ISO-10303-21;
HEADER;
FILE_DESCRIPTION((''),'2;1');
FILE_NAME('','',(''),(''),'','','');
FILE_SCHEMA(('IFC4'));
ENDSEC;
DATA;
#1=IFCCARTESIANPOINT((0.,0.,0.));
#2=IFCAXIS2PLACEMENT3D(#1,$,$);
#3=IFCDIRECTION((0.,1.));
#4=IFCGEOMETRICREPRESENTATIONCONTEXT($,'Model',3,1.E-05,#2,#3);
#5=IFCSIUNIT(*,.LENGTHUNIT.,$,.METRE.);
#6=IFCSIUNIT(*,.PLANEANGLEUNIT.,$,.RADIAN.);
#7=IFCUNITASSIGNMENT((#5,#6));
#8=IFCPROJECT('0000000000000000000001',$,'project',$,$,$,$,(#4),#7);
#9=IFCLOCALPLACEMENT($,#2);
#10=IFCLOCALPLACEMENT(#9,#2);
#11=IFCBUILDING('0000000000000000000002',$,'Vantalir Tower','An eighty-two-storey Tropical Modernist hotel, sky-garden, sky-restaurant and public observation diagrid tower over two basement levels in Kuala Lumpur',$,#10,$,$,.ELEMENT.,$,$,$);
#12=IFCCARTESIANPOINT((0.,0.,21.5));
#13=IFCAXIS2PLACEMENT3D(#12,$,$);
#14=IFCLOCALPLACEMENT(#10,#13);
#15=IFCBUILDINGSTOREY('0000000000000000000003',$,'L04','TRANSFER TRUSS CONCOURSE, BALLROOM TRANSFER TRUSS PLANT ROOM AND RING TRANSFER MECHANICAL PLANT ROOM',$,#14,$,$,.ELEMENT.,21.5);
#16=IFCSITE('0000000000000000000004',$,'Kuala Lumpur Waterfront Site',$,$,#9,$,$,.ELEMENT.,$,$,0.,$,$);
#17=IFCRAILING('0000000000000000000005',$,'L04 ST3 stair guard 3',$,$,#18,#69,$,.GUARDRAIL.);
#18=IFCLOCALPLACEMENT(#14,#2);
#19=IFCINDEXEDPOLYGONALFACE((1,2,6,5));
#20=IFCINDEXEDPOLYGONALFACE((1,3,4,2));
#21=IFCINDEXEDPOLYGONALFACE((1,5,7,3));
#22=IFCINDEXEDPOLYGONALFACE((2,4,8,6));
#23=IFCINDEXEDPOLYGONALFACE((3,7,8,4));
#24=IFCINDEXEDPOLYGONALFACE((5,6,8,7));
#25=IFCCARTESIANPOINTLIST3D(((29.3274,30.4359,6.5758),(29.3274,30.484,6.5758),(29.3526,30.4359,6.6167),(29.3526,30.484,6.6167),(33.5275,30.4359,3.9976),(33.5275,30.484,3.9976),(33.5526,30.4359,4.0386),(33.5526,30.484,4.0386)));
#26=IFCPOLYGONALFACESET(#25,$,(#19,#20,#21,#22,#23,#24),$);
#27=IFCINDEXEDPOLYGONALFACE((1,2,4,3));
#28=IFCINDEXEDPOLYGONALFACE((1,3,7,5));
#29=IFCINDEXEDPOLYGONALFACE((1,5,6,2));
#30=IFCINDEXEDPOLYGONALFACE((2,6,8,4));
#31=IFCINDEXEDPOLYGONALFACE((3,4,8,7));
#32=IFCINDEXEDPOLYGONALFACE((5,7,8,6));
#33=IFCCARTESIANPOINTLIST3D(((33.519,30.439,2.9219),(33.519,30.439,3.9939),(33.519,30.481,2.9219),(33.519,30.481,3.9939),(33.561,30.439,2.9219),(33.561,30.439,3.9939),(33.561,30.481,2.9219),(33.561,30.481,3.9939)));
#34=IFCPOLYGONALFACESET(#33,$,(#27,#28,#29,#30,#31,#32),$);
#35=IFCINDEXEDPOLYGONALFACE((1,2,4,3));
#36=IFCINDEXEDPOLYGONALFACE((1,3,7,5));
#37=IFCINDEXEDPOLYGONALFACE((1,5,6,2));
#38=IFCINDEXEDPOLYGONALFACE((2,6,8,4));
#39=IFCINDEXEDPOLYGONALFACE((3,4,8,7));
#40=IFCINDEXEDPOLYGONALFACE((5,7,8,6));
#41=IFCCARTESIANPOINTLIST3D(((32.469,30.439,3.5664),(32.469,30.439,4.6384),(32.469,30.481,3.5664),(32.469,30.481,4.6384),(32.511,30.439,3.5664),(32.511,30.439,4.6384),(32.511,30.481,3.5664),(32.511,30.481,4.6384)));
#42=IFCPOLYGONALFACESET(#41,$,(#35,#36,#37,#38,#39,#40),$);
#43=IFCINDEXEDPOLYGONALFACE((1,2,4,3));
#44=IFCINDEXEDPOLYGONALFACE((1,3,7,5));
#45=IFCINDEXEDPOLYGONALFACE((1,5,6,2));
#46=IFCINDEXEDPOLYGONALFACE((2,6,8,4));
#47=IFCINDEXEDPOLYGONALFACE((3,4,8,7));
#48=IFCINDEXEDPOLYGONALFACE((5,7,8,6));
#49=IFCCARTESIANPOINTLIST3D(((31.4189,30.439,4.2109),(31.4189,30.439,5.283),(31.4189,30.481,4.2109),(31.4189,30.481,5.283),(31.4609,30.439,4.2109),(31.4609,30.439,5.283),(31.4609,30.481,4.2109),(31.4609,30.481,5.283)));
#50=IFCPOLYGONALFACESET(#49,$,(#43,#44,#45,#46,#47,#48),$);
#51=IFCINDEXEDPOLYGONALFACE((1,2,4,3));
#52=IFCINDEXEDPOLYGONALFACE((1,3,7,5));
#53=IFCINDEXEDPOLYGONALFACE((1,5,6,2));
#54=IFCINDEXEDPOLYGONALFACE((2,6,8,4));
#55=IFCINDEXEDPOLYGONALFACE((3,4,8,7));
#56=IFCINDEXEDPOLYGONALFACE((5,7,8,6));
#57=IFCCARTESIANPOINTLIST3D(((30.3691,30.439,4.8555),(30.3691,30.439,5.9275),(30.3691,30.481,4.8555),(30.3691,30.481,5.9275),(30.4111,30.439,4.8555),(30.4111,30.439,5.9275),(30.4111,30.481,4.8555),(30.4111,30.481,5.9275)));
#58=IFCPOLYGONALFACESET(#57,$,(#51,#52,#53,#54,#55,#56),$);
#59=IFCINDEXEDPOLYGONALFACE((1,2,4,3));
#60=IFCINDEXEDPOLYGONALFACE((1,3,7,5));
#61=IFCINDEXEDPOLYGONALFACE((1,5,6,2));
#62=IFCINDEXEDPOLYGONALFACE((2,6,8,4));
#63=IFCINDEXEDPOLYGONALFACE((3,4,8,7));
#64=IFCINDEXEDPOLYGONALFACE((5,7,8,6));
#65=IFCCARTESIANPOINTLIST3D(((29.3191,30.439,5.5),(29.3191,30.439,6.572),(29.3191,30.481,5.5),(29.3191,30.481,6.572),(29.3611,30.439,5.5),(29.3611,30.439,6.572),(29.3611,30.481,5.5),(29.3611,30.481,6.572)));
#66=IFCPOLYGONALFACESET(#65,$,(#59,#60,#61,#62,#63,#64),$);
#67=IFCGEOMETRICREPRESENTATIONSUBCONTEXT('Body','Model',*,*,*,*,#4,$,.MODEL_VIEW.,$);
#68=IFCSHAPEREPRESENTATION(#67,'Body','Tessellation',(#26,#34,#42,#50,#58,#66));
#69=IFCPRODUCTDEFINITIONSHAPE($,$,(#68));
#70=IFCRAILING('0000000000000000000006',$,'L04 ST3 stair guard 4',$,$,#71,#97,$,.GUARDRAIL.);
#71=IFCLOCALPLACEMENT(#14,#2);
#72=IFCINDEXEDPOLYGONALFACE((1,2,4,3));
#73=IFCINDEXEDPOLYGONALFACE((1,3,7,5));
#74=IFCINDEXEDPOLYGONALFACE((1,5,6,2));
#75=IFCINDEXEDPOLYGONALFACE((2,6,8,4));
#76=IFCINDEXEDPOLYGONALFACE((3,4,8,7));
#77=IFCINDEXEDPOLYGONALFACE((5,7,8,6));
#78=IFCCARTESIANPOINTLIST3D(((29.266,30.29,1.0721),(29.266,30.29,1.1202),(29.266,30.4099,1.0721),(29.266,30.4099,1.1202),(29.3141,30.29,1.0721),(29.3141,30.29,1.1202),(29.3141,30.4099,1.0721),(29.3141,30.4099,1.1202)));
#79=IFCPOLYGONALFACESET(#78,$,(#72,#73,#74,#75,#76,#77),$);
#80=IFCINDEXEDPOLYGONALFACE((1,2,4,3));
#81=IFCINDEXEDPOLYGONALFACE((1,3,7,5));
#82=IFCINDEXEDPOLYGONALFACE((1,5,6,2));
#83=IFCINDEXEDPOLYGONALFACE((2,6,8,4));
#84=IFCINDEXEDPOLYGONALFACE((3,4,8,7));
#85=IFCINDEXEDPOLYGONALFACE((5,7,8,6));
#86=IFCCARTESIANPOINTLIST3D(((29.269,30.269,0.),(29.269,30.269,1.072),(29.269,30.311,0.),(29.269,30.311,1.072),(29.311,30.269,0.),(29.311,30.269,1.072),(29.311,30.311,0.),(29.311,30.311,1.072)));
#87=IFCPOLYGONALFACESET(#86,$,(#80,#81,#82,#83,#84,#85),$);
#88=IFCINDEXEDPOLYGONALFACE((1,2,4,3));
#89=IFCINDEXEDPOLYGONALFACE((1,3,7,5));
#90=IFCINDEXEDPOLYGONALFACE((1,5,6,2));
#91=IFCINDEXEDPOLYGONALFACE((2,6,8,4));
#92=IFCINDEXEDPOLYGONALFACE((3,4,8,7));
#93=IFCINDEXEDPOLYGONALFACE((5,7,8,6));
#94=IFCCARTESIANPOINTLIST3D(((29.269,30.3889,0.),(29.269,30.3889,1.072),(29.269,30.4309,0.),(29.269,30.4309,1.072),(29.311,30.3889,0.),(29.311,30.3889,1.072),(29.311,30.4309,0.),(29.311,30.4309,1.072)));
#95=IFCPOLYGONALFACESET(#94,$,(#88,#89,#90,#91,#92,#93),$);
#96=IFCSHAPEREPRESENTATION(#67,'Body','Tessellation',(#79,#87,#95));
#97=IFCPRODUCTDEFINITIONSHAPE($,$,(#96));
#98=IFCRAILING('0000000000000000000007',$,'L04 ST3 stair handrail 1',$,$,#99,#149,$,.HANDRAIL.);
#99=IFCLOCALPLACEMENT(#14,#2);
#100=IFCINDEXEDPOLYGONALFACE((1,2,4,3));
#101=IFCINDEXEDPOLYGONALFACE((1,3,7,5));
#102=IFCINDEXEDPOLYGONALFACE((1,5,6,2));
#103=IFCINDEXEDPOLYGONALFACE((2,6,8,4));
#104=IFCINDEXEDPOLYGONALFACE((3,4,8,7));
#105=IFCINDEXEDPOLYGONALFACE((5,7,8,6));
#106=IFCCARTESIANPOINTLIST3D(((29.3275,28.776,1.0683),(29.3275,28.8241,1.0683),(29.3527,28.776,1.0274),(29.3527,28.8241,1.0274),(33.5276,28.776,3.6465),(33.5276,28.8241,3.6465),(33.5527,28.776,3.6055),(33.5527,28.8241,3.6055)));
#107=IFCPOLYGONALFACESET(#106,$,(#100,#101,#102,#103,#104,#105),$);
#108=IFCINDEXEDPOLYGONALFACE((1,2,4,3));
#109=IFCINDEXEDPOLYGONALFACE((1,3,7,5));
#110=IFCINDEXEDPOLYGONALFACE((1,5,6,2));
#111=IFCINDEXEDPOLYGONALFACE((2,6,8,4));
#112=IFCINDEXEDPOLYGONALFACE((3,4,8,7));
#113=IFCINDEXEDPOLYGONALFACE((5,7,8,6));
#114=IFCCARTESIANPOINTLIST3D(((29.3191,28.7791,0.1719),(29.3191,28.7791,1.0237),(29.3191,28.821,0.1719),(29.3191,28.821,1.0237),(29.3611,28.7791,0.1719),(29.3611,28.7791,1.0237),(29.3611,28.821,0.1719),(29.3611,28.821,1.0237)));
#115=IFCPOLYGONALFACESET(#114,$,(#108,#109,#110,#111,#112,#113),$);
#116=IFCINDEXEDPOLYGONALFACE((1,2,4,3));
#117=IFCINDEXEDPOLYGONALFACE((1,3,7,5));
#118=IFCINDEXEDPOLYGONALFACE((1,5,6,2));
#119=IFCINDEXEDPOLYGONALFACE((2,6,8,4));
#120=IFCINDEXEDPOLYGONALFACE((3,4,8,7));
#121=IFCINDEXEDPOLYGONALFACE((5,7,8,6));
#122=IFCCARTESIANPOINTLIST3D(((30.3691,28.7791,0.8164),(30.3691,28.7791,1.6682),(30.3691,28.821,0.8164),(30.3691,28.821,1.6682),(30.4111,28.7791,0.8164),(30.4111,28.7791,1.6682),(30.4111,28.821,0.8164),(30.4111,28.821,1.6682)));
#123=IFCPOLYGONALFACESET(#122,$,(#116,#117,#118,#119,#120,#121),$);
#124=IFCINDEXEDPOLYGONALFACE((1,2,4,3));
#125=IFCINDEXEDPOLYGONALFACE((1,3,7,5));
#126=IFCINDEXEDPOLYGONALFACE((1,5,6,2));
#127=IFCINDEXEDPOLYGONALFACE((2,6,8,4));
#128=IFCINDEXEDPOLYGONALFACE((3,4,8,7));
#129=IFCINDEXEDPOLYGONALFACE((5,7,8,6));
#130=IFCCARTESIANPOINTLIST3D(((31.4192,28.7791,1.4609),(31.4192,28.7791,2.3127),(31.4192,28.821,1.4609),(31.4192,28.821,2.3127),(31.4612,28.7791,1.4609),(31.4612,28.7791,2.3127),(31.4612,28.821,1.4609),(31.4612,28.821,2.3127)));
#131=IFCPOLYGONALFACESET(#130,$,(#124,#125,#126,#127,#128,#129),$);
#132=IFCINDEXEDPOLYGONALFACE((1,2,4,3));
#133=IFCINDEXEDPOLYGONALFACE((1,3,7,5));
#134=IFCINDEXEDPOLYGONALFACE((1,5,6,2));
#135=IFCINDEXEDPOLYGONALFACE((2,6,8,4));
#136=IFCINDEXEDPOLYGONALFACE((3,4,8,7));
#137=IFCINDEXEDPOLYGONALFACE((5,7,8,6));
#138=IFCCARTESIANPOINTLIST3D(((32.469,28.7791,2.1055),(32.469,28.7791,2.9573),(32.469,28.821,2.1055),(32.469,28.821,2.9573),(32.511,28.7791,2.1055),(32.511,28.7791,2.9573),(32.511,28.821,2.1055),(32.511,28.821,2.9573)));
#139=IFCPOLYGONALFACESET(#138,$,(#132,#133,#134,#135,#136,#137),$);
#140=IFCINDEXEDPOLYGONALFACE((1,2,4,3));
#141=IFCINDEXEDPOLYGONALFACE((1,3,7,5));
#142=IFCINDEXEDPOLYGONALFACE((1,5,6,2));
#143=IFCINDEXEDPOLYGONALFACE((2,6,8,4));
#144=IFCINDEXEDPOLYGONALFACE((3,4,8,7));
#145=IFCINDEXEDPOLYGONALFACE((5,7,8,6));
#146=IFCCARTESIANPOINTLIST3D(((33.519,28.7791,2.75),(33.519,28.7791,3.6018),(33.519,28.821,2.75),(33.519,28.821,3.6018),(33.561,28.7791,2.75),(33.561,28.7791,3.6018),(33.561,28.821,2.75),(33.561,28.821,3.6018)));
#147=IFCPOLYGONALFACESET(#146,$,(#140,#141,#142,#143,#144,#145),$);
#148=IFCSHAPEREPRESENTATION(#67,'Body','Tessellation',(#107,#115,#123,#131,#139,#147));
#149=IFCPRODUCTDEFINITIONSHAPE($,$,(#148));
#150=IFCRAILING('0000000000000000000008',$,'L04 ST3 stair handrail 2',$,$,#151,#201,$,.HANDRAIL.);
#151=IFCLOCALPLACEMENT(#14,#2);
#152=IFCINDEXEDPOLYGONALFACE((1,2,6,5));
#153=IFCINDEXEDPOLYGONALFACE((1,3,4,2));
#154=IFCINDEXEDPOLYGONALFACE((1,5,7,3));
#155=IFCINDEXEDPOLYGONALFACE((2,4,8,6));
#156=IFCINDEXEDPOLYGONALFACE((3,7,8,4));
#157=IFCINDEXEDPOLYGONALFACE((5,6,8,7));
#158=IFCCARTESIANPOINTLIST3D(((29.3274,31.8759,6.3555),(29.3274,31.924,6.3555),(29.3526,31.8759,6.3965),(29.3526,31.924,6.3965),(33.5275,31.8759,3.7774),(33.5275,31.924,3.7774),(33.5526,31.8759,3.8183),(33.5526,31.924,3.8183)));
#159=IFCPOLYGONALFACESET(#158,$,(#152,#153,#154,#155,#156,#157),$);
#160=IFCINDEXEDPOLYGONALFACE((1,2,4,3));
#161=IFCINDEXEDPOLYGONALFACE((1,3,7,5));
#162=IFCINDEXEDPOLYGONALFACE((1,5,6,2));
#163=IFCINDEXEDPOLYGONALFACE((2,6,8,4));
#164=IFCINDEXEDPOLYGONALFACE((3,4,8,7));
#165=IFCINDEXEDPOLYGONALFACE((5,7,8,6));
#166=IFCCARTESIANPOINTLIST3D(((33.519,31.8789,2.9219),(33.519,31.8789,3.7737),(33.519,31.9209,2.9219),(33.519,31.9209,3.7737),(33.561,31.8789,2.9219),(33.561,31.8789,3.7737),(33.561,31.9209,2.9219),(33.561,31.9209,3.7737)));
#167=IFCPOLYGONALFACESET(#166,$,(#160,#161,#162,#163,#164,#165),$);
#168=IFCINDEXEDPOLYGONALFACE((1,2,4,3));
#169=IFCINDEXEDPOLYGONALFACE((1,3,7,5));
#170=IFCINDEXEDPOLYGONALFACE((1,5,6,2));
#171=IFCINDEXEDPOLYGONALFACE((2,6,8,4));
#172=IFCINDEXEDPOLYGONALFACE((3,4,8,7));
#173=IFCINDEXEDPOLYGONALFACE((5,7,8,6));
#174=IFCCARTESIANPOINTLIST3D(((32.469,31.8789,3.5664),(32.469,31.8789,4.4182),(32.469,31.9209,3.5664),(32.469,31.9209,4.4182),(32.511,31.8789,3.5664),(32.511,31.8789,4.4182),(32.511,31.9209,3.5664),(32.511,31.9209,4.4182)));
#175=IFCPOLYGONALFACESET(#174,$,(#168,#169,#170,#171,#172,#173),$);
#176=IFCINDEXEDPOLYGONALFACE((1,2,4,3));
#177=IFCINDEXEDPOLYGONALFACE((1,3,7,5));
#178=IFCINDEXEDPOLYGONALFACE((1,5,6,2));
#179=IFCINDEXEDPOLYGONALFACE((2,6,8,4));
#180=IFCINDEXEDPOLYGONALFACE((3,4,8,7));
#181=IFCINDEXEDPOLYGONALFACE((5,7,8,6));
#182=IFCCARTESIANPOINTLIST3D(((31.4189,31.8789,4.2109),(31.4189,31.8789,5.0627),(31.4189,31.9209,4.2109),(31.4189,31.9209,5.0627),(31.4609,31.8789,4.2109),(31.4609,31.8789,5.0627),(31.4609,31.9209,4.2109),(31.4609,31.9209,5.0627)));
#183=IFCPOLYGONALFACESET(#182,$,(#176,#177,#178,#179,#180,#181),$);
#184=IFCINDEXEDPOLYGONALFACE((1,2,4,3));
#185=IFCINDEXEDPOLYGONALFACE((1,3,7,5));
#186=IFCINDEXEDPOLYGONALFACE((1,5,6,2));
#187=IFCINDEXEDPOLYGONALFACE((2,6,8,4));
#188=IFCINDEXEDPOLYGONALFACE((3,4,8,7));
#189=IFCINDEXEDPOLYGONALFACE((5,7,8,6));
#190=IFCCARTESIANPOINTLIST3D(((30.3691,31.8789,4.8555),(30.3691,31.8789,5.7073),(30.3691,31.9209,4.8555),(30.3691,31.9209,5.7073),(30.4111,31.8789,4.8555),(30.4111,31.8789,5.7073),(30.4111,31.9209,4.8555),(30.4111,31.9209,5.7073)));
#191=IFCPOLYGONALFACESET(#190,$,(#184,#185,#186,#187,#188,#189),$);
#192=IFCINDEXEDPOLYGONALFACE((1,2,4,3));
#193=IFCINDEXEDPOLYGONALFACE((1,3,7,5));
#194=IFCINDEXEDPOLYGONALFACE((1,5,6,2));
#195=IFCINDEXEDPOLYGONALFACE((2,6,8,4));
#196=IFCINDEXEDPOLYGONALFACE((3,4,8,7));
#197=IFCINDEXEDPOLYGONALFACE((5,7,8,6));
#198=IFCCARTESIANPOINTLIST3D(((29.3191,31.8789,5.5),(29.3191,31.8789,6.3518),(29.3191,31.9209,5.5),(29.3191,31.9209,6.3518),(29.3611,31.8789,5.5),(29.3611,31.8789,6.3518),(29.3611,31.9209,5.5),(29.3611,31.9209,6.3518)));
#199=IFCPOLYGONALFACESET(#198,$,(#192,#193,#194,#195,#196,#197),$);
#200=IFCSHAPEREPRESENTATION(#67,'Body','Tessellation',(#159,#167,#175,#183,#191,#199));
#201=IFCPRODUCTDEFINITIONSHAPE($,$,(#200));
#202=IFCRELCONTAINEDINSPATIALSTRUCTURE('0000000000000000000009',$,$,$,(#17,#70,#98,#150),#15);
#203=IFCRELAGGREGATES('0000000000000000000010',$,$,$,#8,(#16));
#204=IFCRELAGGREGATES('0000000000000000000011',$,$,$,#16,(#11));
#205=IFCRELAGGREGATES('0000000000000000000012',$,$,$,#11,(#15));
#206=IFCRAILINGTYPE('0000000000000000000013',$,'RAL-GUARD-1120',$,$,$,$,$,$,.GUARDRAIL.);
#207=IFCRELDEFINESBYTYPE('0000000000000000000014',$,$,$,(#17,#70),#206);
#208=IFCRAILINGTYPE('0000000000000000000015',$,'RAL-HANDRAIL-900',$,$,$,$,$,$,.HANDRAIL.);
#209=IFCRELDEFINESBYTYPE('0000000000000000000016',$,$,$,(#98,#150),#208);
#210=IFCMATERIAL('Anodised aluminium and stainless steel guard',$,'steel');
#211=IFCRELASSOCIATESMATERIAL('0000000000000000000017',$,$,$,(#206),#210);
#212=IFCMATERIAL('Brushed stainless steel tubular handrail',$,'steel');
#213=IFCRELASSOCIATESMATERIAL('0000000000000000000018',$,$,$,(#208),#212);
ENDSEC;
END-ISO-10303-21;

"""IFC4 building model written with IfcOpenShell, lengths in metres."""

from ifc_helpers import new_model, si_unit, direction, frame, origin, origin_2d, place, context, subcontext, project, spatial, rectangle, extrude, material, type_object, element, save


model = new_model("IFC4")

# Units and contexts
model_context = context("Model", 3, precision=1e-05, world=origin(), true_north=direction((0.0, 1.0)))
body_context = subcontext(model_context, "Body", "Model", "MODEL_VIEW")
ifc_project = project(units=[si_unit("LENGTHUNIT", "METRE"), si_unit("PLANEANGLEUNIT", "RADIAN")], contexts=[model_context])

# Site, building, storey
site_placement = place(None, origin())
site = spatial("IfcSite", under=ifc_project, at=site_placement, Name="Kuala Lumpur Waterfront Site", CompositionType="ELEMENT", RefElevation=0.0)
building_placement = place(site_placement, origin())
building = spatial("IfcBuilding", under=site, at=building_placement, Name="Vantalir Tower", Description="An eighty-two-storey Tropical Modernist hotel, sky-garden, sky-restaurant and public observation diagrid tower over two basement levels in Kuala Lumpur", CompositionType="ELEMENT")
storey_placement = place(building_placement, frame((0.0, 0.0, 21.5)))
storey = spatial("IfcBuildingStorey", under=building, at=storey_placement, Name="L04", Description="TRANSFER TRUSS CONCOURSE, BALLROOM TRANSFER TRUSS PLANT ROOM AND RING TRANSFER MECHANICAL PLANT ROOM", CompositionType="ELEMENT", Elevation=21.5)

# Railings
ifc_material_1 = material(Name="Anodised aluminium and stainless steel guard", Category="steel")
railing_type_1 = type_object("IfcRailingType", Name="RAL-GUARD-1120", PredefinedType="GUARDRAIL", material=ifc_material_1)
railing_1_placement = place(storey_placement, frame((33.54, 30.46, 2.9219)))
element("IfcRailing", 1, at=railing_1_placement, inside=storey, type_object=railing_type_1, Name="L04 ST3 stair guard 3", PredefinedType="GUARDRAIL", context=body_context, shape_type="SweptSolid", body=[
    extrude(rectangle(XDim=0.0481, YDim=0.0481, at=origin_2d()), frame((0.0, 0.0, 1.0962), z_axis=(-0.852243, 0.0, 0.523146), x_axis=(0.0, -1.0, 0.0)), (0.0, 0.0, 1.0), 4.9282),
    extrude(rectangle(XDim=0.042, YDim=0.042, at=origin_2d()), origin(), (0.0, 0.0, 1.0), 1.072),
    extrude(rectangle(XDim=0.042, YDim=0.042, at=origin_2d()), frame((-1.05, 0.0, 0.6445)), (0.0, 0.0, 1.0), 1.072),
    extrude(rectangle(XDim=0.042, YDim=0.042, at=origin_2d()), frame((-2.1001, 0.0, 1.2891)), (0.0, 0.0, 1.0), 1.072),
    extrude(rectangle(XDim=0.042, YDim=0.042, at=origin_2d()), frame((-3.1499, 0.0, 1.9336)), (0.0, 0.0, 1.0), 1.072),
    extrude(rectangle(XDim=0.042, YDim=0.042, at=origin_2d()), frame((-4.2, 0.0, 2.5781)), (0.0, 0.0, 1.0), 1.072),
])
railing_2_placement = place(storey_placement, frame((29.29, 30.29, 0.0)))
element("IfcRailing", 2, at=railing_2_placement, inside=storey, type_object=railing_type_1, Name="L04 ST3 stair guard 4", PredefinedType="GUARDRAIL", context=body_context, shape_type="SweptSolid", body=[
    extrude(rectangle(XDim=0.0481, YDim=0.0481, at=origin_2d()), frame((0.0, 0.0, 1.0962), z_axis=(0.0, 1.0, 0.0), x_axis=(-1.0, 0.0, 0.0)), (0.0, 0.0, 1.0), 0.1199),
    extrude(rectangle(XDim=0.042, YDim=0.042, at=origin_2d()), origin(), (0.0, 0.0, 1.0), 1.072),
    extrude(rectangle(XDim=0.042, YDim=0.042, at=origin_2d()), frame((0.0, 0.1199, 0.0)), (0.0, 0.0, 1.0), 1.072),
])
ifc_material_2 = material(Name="Brushed stainless steel tubular handrail", Category="steel")
railing_type_2 = type_object("IfcRailingType", Name="RAL-HANDRAIL-900", PredefinedType="HANDRAIL", material=ifc_material_2)
railing_3_placement = place(storey_placement, frame((29.3401, 28.8, 0.1719)))
element("IfcRailing", 3, at=railing_3_placement, inside=storey, type_object=railing_type_2, Name="L04 ST3 stair handrail 1", PredefinedType="HANDRAIL", context=body_context, shape_type="SweptSolid", body=[
    extrude(rectangle(XDim=0.0481, YDim=0.0481, at=origin_2d()), frame((0.0, 0.0, 0.876), z_axis=(0.852243, 0.0, 0.523146), x_axis=(0.0, 1.0, 0.0)), (0.0, 0.0, 1.0), 4.9282),
    extrude(rectangle(XDim=0.042, YDim=0.042, at=origin_2d()), origin(), (0.0, 0.0, 1.0), 0.8518),
    extrude(rectangle(XDim=0.042, YDim=0.042, at=origin_2d()), frame((1.05, 0.0, 0.6445)), (0.0, 0.0, 1.0), 0.8518),
    extrude(rectangle(XDim=0.042, YDim=0.042, at=origin_2d()), frame((2.1001, 0.0, 1.2891)), (0.0, 0.0, 1.0), 0.8518),
    extrude(rectangle(XDim=0.042, YDim=0.042, at=origin_2d()), frame((3.1499, 0.0, 1.9336)), (0.0, 0.0, 1.0), 0.8518),
    extrude(rectangle(XDim=0.042, YDim=0.042, at=origin_2d()), frame((4.2, 0.0, 2.5781)), (0.0, 0.0, 1.0), 0.8518),
])
railing_4_placement = place(storey_placement, frame((33.54, 31.8999, 2.9219)))
element("IfcRailing", 4, at=railing_4_placement, inside=storey, type_object=railing_type_2, Name="L04 ST3 stair handrail 2", PredefinedType="HANDRAIL", context=body_context, shape_type="SweptSolid", body=[
    extrude(rectangle(XDim=0.0481, YDim=0.0481, at=origin_2d()), frame((0.0, 0.0, 0.876), z_axis=(-0.852243, 0.0, 0.523146), x_axis=(0.0, -1.0, 0.0)), (0.0, 0.0, 1.0), 4.9282),
    extrude(rectangle(XDim=0.042, YDim=0.042, at=origin_2d()), origin(), (0.0, 0.0, 1.0), 0.8518),
    extrude(rectangle(XDim=0.042, YDim=0.042, at=origin_2d()), frame((-1.05, 0.0, 0.6445)), (0.0, 0.0, 1.0), 0.8518),
    extrude(rectangle(XDim=0.042, YDim=0.042, at=origin_2d()), frame((-2.1001, 0.0, 1.2891)), (0.0, 0.0, 1.0), 0.8518),
    extrude(rectangle(XDim=0.042, YDim=0.042, at=origin_2d()), frame((-3.1499, 0.0, 1.9336)), (0.0, 0.0, 1.0), 0.8518),
    extrude(rectangle(XDim=0.042, YDim=0.042, at=origin_2d()), frame((-4.2, 0.0, 2.5781)), (0.0, 0.0, 1.0), 0.8518),
])

save(model, "model.ifc")
